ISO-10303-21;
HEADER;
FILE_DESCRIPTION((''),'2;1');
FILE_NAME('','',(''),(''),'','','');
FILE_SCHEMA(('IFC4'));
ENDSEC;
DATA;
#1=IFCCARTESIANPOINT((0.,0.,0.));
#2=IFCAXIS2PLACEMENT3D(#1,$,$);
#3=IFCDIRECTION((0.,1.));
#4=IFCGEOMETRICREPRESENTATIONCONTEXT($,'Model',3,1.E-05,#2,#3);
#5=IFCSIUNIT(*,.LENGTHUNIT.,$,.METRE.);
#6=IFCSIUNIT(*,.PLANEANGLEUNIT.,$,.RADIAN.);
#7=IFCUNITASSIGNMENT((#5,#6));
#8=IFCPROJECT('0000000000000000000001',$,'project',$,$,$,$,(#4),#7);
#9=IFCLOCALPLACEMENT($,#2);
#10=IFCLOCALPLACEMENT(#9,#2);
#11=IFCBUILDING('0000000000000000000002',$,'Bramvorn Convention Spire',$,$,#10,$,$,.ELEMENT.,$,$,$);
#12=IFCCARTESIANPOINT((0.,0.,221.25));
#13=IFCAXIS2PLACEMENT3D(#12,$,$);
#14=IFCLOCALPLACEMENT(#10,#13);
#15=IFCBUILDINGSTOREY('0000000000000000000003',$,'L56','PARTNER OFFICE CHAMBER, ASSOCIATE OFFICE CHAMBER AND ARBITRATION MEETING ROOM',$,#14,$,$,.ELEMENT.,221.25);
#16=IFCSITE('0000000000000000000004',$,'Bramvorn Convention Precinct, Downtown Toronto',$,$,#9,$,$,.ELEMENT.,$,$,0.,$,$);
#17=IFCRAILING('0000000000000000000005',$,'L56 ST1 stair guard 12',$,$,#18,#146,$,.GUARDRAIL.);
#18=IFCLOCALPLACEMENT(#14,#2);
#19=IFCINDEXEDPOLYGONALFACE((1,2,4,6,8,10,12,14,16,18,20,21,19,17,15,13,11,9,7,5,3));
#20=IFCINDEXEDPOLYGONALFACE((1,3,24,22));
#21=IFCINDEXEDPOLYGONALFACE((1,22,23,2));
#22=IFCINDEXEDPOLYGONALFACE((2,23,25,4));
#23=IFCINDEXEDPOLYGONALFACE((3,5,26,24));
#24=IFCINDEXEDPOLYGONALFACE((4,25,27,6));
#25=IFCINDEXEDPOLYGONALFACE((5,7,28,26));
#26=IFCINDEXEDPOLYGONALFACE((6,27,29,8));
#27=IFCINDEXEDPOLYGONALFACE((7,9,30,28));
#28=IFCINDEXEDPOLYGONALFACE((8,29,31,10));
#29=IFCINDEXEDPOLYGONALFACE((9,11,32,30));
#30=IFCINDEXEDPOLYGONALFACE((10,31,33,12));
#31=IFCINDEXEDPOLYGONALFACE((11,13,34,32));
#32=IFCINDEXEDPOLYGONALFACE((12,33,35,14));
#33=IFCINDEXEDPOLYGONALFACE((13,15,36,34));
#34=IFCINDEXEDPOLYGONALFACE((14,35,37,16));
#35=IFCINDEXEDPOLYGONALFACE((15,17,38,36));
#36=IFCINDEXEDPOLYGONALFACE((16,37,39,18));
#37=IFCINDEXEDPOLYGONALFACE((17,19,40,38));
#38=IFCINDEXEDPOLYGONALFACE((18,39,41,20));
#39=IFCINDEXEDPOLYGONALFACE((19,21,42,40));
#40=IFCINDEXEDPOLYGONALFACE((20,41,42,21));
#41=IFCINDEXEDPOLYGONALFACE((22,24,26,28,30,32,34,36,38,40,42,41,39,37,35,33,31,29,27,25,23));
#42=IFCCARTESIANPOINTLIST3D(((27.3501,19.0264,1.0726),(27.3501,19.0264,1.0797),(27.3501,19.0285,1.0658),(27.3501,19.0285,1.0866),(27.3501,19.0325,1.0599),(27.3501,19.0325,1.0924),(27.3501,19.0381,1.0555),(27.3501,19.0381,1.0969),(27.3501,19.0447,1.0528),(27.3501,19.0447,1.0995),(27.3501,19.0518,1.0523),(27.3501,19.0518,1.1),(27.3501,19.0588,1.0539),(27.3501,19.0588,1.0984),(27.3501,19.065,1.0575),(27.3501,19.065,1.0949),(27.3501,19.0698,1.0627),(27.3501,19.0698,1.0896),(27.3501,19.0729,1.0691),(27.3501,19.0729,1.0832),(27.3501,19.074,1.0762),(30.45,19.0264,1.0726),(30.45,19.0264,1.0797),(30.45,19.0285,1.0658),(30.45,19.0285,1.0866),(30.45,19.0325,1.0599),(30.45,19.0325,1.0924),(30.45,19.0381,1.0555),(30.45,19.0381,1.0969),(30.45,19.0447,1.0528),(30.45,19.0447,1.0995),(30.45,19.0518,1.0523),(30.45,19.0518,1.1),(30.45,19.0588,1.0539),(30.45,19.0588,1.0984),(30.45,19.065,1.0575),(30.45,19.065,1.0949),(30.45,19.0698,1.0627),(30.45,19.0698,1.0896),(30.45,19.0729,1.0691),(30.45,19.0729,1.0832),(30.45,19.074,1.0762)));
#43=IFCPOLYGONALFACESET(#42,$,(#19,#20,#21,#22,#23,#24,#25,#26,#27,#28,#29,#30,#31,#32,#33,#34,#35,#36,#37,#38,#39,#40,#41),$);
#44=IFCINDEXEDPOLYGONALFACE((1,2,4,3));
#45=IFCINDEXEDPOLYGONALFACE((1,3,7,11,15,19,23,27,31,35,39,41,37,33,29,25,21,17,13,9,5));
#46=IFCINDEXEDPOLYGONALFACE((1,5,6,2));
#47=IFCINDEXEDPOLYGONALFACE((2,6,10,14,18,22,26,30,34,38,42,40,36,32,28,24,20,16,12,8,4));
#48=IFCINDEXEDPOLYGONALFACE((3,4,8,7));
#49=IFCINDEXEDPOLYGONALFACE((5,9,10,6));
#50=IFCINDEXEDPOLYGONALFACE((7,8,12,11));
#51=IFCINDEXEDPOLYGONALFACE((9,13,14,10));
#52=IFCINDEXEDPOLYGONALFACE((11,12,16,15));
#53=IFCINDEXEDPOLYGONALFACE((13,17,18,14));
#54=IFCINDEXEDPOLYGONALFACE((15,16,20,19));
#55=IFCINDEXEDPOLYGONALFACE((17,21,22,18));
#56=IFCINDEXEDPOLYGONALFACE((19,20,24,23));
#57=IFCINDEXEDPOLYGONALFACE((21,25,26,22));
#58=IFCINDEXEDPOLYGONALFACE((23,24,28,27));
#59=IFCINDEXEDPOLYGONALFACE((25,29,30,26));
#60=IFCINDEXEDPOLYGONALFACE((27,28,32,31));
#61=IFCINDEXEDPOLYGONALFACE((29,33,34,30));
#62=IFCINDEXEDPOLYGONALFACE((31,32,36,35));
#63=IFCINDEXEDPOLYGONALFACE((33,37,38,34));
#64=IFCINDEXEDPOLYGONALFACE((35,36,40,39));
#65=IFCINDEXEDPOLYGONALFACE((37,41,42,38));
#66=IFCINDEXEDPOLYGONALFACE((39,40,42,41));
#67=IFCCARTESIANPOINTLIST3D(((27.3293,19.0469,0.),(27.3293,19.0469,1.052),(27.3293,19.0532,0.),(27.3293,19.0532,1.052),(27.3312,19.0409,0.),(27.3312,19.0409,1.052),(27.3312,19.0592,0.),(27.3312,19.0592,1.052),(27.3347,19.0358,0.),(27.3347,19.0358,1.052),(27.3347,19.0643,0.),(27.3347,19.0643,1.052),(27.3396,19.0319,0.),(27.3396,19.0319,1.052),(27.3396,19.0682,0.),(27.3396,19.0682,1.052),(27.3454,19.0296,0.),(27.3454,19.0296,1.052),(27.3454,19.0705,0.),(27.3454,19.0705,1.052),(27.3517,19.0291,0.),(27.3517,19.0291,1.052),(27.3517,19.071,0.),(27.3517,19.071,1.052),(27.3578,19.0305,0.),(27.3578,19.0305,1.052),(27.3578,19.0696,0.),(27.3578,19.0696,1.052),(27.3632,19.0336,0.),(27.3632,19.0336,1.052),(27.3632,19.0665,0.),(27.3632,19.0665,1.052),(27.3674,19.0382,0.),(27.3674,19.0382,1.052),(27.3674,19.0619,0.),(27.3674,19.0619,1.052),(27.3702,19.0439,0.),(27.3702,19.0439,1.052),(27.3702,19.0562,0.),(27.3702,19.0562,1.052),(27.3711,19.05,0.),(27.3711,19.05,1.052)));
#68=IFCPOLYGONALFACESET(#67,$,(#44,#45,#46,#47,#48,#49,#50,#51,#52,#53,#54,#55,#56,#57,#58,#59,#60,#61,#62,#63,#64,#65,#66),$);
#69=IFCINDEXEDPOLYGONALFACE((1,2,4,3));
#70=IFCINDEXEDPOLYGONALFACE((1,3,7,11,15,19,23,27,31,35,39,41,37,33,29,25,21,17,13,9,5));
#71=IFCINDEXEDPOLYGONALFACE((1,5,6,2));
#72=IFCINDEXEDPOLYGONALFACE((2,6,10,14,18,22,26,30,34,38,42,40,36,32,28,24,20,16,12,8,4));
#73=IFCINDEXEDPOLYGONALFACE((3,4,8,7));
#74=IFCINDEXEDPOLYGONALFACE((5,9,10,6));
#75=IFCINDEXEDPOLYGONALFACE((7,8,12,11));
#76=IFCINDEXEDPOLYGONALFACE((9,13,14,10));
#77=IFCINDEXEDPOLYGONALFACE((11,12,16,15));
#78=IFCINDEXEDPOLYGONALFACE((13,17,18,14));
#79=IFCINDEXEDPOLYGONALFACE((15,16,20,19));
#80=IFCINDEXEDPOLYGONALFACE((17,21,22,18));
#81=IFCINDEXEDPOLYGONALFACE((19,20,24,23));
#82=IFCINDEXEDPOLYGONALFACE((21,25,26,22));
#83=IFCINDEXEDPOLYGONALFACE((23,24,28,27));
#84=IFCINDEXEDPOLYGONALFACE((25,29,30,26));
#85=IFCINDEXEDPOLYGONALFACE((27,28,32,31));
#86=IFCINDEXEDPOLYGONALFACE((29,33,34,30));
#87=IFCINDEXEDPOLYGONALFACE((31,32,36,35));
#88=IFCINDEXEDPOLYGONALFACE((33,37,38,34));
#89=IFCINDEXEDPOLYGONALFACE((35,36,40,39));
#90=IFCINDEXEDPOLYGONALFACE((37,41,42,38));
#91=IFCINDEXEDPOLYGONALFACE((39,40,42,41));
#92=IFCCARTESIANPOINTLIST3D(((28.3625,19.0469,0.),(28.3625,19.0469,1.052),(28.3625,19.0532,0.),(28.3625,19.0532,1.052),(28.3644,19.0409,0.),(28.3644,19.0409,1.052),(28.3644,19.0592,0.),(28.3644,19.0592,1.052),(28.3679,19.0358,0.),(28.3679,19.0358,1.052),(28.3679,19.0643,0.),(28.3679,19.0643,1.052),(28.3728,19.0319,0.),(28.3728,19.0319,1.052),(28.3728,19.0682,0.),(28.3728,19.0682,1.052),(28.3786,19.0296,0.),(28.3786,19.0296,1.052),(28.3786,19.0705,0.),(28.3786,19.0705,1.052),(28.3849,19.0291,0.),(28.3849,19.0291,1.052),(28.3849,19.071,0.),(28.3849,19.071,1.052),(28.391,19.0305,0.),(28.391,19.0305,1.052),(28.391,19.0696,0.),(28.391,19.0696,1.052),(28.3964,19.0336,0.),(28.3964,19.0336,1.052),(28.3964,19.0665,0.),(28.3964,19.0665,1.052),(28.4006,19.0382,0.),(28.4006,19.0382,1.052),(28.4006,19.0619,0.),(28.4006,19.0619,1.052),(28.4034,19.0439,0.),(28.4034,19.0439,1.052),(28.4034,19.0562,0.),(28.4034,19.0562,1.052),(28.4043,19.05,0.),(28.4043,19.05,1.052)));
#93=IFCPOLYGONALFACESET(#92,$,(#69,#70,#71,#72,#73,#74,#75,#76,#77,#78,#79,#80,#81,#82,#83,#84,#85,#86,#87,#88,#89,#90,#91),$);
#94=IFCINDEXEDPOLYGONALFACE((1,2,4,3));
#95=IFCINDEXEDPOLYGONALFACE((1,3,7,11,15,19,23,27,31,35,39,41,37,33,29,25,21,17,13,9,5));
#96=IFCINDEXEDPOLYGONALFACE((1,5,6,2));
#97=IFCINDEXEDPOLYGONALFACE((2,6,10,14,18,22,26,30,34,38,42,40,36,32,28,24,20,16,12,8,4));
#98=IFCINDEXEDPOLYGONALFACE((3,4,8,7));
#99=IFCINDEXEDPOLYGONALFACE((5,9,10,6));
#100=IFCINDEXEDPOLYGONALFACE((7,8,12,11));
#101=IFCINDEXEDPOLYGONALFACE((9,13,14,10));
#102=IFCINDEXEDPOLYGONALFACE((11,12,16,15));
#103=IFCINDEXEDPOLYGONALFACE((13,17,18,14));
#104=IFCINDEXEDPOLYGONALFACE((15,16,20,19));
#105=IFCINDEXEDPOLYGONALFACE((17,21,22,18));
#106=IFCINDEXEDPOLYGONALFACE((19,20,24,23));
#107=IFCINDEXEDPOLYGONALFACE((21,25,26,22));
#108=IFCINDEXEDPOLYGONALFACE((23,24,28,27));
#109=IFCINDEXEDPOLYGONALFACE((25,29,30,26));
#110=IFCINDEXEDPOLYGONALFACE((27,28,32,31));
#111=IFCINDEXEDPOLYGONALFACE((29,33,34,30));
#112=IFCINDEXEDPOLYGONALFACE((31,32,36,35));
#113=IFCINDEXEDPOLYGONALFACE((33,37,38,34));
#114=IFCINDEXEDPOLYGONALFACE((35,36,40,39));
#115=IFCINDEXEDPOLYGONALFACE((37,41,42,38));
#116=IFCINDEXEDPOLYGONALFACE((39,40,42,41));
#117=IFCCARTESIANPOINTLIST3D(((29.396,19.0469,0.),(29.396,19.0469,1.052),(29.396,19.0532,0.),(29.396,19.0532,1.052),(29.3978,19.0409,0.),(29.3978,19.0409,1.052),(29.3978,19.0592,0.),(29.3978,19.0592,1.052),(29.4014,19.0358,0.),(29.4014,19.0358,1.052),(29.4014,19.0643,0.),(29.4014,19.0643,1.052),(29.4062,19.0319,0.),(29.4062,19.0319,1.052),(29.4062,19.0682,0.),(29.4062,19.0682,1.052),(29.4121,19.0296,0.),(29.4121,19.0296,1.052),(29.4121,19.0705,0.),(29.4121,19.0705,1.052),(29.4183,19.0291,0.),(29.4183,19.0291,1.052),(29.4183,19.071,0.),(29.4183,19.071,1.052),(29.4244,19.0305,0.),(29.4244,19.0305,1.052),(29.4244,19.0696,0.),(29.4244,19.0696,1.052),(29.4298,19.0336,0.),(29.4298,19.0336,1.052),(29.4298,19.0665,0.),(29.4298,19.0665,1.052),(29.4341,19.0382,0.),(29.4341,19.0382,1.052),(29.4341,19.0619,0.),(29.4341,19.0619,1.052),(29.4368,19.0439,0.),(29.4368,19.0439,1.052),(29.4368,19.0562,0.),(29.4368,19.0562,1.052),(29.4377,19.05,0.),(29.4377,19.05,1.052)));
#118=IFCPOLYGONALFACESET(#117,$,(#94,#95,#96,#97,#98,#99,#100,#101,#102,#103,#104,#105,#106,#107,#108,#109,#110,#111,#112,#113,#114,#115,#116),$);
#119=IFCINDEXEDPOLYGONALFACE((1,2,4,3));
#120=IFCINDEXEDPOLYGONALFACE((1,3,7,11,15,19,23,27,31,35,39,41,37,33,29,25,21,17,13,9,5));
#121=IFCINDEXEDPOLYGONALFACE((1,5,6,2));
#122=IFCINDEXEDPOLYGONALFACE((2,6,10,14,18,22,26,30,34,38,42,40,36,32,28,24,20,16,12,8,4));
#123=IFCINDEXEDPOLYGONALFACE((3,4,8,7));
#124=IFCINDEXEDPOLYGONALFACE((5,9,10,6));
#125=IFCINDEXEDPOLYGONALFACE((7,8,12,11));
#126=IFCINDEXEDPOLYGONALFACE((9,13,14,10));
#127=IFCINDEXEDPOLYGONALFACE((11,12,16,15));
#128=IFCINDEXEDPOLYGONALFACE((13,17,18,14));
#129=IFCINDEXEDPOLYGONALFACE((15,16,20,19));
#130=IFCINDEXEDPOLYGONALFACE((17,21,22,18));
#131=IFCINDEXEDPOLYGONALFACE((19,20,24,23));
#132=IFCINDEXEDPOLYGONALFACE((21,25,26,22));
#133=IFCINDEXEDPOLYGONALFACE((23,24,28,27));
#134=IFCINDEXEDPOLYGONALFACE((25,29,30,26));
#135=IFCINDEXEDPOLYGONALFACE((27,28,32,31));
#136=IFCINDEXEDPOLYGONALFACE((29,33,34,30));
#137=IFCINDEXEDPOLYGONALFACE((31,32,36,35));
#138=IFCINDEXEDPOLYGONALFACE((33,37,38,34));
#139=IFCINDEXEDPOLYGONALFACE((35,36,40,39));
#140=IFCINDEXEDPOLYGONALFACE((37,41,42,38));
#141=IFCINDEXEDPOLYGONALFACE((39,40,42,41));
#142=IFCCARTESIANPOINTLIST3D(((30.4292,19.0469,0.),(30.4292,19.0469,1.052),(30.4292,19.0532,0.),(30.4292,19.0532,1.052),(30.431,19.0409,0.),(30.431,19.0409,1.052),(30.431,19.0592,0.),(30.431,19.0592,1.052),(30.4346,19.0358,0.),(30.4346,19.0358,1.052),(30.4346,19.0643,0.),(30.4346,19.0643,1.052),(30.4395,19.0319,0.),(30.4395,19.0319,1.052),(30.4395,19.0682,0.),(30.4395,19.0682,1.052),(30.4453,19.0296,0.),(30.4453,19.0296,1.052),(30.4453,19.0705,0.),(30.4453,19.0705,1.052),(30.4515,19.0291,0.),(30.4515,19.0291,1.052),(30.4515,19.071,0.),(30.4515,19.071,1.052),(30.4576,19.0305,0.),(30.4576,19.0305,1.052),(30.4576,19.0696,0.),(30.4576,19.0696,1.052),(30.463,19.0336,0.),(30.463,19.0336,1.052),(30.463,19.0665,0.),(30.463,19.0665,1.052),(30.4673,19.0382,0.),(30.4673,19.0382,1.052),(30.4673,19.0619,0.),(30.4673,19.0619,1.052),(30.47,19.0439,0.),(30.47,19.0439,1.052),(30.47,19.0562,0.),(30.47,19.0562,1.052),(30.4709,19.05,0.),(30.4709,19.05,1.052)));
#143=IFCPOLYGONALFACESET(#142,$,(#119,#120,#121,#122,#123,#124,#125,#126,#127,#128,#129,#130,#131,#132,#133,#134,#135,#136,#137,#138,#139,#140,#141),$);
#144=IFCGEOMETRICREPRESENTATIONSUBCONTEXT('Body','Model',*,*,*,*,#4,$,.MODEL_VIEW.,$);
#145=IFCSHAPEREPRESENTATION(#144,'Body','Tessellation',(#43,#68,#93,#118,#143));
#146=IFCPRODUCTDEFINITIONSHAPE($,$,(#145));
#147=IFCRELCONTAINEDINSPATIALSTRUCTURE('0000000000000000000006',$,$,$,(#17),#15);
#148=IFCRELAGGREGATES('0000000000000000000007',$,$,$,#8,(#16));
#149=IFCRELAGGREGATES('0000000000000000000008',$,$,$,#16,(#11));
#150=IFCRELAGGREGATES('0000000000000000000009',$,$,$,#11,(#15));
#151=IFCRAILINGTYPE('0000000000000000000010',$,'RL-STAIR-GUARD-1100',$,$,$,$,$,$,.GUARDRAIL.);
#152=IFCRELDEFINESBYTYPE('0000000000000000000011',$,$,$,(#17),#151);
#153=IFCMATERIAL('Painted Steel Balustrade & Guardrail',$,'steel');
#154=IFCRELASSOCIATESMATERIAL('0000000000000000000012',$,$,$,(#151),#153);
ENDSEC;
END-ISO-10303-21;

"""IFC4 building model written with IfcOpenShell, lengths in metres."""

from ifc_helpers import new_model, si_unit, direction, frame, origin, origin_2d, place, context, subcontext, project, spatial, circle, extrude, material, type_object, element, save


model = new_model("IFC4")

# Units and contexts
model_context = context("Model", 3, precision=1e-05, world=origin(), true_north=direction((0.0, 1.0)))
body_context = subcontext(model_context, "Body", "Model", "MODEL_VIEW")
ifc_project = project(units=[si_unit("LENGTHUNIT", "METRE"), si_unit("PLANEANGLEUNIT", "RADIAN")], contexts=[model_context])

# Site, building, storey
site_placement = place(None, origin())
site = spatial("IfcSite", under=ifc_project, at=site_placement, Name="Bramvorn Convention Precinct, Downtown Toronto", CompositionType="ELEMENT", RefElevation=0.0)
building_placement = place(site_placement, origin())
building = spatial("IfcBuilding", under=site, at=building_placement, Name="Bramvorn Convention Spire", CompositionType="ELEMENT")
storey_placement = place(building_placement, frame((0.0, 0.0, 221.25)))
storey = spatial("IfcBuildingStorey", under=building, at=storey_placement, Name="L56", Description="PARTNER OFFICE CHAMBER, ASSOCIATE OFFICE CHAMBER AND ARBITRATION MEETING ROOM", CompositionType="ELEMENT", Elevation=221.25)

# Railing
ifc_material_1 = material(Name="Painted Steel Balustrade & Guardrail", Category="steel")
railing_type = type_object("IfcRailingType", Name="RL-STAIR-GUARD-1100", PredefinedType="GUARDRAIL", material=ifc_material_1)
railing_placement = place(storey_placement, frame((27.3501, 19.05, 0.0)))
element("IfcRailing", 1, at=railing_placement, inside=storey, type_object=railing_type, Name="L56 ST1 stair guard 12", PredefinedType="GUARDRAIL", context=body_context, shape_type="SweptSolid", body=[
    extrude(circle(Radius=0.0239, at=origin_2d()), frame((0.0, 0.0, 1.0762), z_axis=(1.0, 0.0, 0.0), x_axis=(0.0, 1.0, 0.0)), (0.0, 0.0, 1.0), 3.0999),
    extrude(circle(Radius=0.021, at=origin_2d()), origin(), (0.0, 0.0, 1.0), 1.052),
    extrude(circle(Radius=0.021, at=origin_2d()), frame((1.0332, 0.0, 0.0)), (0.0, 0.0, 1.0), 1.052),
    extrude(circle(Radius=0.021, at=origin_2d()), frame((2.0667, 0.0, 0.0)), (0.0, 0.0, 1.0), 1.052),
    extrude(circle(Radius=0.021, at=origin_2d()), frame((3.0999, 0.0, 0.0)), (0.0, 0.0, 1.0), 1.052),
])

save(model, "model.ifc")
